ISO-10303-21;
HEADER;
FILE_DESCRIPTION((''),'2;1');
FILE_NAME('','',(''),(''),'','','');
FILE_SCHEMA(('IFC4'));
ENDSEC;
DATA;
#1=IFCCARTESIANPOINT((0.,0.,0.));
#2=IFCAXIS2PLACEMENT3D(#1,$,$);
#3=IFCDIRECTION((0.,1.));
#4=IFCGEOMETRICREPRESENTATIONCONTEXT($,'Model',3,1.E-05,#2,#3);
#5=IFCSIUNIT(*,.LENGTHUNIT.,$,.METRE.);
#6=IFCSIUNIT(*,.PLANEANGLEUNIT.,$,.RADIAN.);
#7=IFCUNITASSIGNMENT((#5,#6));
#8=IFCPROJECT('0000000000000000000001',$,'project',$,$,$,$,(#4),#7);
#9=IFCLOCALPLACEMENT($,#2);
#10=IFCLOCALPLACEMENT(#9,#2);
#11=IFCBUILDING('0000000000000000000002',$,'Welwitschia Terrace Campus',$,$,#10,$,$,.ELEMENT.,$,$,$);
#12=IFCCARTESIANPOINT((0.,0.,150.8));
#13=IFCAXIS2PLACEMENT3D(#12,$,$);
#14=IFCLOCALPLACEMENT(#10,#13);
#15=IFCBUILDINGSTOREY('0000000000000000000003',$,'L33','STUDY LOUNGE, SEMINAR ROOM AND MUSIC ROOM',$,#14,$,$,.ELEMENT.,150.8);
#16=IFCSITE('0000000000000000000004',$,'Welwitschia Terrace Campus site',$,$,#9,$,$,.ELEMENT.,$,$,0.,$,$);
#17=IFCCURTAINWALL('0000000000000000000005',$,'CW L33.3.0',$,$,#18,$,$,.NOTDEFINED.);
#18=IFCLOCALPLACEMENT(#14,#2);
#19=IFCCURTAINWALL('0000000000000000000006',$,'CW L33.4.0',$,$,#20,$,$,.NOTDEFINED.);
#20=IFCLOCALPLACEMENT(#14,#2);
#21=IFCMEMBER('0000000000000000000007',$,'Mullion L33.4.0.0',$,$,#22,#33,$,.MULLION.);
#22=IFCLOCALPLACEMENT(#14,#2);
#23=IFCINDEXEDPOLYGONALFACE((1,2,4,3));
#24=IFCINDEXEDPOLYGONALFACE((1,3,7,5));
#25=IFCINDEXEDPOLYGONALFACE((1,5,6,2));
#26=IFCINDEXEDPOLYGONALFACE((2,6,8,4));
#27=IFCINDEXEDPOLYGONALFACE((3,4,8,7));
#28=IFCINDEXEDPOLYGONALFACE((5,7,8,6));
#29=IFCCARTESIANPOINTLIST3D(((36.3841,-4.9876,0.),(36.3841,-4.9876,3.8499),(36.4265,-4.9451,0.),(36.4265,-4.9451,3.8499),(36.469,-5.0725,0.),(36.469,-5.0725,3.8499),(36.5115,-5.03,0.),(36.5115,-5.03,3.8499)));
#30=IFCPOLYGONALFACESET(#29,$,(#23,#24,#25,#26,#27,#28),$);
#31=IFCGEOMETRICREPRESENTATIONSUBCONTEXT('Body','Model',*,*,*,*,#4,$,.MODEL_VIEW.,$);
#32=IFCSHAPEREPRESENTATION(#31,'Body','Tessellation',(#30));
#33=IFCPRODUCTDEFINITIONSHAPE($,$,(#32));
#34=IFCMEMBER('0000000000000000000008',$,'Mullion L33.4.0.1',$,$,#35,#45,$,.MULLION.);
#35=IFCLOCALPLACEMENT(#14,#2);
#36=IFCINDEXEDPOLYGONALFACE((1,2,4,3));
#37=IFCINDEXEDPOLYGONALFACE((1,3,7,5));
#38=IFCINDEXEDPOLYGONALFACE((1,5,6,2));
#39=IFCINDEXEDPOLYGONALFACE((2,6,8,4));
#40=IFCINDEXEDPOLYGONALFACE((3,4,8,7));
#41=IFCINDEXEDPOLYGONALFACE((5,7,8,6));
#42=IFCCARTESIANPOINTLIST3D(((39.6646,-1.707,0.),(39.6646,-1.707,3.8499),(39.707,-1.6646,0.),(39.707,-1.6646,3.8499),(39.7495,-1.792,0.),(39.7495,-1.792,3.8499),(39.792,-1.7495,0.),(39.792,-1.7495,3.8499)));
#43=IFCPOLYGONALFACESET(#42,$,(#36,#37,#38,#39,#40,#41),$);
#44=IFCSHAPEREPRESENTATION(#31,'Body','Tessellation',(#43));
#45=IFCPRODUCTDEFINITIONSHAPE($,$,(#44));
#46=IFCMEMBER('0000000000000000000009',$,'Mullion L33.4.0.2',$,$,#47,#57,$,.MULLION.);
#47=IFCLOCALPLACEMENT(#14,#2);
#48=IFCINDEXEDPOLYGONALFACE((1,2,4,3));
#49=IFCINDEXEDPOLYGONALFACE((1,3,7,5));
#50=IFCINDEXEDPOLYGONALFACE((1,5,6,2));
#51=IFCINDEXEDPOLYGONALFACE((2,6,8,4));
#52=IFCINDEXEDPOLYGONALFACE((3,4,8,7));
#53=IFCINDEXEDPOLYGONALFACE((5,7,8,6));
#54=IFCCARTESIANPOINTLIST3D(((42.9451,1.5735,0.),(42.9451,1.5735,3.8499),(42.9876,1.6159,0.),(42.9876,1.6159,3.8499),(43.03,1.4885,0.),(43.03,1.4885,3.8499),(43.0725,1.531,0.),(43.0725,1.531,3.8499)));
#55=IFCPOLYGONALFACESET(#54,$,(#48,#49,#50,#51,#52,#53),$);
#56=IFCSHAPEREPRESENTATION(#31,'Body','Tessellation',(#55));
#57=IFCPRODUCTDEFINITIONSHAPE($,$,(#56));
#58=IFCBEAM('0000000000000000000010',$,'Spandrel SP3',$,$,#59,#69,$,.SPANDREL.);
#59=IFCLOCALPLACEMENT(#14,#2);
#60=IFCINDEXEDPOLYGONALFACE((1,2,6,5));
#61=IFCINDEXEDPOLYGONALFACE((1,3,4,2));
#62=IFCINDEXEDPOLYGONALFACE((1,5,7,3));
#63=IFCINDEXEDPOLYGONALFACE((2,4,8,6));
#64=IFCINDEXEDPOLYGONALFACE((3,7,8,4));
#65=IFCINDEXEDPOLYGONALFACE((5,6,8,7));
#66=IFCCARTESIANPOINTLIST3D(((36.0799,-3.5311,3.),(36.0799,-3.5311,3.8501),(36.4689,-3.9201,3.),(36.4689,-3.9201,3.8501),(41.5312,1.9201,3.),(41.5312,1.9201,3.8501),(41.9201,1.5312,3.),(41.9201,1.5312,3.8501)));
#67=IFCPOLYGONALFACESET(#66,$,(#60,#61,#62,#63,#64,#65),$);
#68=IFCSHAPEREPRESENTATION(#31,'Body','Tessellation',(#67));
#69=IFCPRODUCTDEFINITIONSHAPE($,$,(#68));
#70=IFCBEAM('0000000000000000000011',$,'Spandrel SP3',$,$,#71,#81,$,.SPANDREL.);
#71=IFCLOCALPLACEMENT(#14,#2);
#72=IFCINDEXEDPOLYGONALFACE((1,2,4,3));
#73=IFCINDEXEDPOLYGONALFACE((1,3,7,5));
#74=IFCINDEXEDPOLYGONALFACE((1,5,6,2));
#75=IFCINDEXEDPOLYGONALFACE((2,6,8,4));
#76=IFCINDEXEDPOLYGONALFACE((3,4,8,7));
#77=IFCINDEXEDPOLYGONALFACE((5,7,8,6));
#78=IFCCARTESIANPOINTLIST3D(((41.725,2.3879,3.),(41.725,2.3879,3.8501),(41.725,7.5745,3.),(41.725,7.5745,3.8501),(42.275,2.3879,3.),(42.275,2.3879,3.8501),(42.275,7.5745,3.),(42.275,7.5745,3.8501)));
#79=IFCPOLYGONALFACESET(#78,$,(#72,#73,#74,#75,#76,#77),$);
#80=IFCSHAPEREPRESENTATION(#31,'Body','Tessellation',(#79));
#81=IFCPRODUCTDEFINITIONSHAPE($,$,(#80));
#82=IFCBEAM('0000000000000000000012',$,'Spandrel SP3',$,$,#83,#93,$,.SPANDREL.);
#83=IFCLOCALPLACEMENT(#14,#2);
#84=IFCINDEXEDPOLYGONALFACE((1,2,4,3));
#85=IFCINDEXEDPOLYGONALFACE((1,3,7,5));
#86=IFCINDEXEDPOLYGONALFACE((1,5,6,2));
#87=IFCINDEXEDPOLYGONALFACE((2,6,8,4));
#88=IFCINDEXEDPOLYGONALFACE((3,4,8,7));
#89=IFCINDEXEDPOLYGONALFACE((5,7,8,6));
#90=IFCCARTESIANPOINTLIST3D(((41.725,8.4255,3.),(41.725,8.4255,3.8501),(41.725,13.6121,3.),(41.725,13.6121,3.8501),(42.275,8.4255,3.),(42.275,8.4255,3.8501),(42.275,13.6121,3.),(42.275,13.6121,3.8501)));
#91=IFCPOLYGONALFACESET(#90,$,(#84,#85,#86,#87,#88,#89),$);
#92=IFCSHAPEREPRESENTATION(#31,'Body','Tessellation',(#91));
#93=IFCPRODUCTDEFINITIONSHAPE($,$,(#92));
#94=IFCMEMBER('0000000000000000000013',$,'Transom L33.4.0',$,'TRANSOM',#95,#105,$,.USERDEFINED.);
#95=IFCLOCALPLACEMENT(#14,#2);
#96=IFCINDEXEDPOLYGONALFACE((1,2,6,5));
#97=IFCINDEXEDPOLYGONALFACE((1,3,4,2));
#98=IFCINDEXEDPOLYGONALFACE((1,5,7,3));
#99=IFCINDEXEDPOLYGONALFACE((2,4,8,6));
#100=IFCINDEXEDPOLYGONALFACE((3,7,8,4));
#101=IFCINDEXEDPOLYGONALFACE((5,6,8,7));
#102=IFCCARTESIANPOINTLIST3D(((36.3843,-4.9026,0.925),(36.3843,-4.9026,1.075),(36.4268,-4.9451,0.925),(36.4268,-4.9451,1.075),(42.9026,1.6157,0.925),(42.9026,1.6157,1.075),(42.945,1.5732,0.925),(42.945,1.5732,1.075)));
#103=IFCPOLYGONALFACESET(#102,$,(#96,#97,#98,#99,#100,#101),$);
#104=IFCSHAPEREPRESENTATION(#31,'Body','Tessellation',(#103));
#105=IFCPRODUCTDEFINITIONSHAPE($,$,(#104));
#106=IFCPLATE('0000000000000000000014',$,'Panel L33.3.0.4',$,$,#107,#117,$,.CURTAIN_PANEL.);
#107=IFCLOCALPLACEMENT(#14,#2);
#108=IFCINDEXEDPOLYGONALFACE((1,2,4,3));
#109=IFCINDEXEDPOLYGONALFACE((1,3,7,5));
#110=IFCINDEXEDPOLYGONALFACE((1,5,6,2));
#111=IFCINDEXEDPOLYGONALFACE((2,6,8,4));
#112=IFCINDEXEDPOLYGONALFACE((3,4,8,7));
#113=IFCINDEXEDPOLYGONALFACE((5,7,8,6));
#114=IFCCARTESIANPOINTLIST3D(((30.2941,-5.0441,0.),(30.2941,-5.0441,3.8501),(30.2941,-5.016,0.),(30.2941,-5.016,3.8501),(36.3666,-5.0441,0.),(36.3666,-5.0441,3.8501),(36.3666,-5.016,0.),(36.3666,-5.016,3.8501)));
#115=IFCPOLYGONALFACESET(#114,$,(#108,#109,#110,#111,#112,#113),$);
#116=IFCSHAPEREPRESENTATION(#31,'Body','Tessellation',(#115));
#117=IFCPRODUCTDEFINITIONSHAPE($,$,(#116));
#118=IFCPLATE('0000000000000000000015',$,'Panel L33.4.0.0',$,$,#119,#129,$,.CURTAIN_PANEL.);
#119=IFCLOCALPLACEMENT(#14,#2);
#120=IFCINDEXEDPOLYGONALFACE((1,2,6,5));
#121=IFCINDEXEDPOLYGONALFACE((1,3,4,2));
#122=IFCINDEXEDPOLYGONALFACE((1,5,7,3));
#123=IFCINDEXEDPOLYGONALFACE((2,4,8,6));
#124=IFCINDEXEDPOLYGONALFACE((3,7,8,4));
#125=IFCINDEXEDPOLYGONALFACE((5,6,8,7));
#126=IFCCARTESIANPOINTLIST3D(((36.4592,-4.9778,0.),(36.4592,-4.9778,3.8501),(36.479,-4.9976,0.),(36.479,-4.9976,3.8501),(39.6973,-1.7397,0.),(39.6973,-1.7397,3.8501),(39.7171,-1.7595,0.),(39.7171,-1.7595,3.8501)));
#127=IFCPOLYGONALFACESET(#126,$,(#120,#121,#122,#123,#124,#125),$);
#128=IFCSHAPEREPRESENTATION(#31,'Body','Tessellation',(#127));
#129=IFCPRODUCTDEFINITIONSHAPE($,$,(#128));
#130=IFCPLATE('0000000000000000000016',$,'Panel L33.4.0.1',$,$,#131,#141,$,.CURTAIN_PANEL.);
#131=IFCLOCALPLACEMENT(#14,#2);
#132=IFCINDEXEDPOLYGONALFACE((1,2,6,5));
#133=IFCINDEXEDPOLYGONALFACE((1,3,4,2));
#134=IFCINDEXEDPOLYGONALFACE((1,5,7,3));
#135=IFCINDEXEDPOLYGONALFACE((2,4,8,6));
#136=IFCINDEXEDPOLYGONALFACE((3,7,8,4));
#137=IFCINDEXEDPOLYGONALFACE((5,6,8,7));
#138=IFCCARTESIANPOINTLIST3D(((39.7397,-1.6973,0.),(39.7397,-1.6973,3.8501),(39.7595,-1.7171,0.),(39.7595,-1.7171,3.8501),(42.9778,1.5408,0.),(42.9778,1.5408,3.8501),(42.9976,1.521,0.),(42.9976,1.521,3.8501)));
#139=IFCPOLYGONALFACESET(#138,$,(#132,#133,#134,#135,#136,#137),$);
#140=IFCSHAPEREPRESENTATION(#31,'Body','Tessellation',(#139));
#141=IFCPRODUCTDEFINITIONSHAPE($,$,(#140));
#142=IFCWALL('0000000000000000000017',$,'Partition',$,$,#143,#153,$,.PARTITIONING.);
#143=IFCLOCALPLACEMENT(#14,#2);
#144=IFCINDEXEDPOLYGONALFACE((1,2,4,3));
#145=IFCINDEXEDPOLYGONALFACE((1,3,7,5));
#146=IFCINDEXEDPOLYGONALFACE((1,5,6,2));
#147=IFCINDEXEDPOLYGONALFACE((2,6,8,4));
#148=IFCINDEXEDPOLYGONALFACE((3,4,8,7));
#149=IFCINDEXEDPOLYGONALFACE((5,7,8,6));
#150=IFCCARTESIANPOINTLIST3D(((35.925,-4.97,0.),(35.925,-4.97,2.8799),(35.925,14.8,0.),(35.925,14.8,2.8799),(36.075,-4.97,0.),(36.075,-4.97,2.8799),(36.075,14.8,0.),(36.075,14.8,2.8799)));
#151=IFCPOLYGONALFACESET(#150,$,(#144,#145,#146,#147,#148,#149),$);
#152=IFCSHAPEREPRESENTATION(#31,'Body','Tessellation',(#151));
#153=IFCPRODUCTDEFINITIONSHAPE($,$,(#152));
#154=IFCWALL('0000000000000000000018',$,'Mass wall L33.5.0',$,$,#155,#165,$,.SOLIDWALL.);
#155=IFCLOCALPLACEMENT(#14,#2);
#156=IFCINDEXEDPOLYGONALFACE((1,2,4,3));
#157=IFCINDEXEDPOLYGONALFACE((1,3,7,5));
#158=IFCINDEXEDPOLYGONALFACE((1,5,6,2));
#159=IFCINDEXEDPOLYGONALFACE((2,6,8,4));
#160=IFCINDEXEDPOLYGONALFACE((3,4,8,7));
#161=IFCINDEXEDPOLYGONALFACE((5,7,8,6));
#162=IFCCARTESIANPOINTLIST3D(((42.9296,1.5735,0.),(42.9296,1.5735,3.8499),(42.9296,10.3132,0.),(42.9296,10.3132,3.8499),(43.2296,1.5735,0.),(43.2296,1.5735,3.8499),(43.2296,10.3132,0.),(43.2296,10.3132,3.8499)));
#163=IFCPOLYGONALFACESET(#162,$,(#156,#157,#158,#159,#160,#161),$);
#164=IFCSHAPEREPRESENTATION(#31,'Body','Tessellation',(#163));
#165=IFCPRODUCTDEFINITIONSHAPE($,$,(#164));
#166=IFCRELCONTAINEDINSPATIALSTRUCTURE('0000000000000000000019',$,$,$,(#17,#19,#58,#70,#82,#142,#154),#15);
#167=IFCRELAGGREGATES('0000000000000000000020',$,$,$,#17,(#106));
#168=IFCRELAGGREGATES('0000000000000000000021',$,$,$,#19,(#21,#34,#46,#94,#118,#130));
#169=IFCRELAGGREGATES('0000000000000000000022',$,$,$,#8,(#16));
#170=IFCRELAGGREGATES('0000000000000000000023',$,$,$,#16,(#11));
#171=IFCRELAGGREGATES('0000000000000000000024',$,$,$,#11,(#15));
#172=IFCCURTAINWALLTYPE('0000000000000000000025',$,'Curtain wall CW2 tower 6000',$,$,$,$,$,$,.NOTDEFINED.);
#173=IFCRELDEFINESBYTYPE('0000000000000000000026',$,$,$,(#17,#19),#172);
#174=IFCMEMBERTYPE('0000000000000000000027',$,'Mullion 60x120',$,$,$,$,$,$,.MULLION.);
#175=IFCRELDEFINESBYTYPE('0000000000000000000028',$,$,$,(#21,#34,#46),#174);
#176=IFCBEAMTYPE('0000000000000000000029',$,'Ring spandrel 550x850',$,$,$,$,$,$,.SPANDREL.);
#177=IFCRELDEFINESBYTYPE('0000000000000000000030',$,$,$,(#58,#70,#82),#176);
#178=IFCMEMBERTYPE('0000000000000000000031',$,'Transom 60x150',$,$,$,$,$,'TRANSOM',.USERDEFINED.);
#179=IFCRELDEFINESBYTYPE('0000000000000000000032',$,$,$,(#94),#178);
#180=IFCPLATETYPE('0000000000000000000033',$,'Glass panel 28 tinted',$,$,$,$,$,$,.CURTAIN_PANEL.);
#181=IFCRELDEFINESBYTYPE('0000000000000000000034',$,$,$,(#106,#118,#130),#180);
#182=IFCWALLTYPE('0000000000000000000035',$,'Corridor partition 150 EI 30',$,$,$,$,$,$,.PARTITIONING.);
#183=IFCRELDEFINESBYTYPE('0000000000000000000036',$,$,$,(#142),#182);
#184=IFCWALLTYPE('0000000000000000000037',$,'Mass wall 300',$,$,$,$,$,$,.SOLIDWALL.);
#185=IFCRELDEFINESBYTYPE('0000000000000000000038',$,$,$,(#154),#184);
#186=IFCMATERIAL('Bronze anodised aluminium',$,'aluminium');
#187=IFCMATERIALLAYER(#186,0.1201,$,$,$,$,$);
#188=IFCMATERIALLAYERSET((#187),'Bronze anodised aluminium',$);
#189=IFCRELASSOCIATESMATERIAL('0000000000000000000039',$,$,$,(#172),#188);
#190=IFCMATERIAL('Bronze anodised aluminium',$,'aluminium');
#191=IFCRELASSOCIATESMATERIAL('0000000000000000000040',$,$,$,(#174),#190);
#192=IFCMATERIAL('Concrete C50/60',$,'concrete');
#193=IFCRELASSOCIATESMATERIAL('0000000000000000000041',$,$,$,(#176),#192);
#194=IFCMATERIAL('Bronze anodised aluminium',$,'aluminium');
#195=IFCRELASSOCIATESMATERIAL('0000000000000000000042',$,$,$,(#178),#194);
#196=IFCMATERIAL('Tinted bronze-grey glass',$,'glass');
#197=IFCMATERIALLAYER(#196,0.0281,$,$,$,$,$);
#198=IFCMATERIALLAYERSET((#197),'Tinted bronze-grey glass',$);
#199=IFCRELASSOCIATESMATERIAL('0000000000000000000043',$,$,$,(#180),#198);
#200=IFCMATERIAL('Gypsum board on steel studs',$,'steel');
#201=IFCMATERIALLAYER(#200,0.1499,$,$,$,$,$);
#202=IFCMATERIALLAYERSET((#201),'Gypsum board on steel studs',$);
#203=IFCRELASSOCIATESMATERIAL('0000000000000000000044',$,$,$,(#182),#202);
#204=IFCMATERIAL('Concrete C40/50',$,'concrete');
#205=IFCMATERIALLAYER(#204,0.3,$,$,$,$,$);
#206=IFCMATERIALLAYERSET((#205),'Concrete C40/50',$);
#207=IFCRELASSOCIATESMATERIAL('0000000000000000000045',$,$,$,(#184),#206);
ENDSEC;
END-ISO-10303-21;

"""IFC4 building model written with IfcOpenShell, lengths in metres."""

from ifc_helpers import new_model, si_unit, direction, frame, frame_2d, origin, origin_2d, place, context, subcontext, project, spatial, rectangle, extrude, material, layer, layer_set, material_profile, profile_set, type_object, element, aggregate, save


model = new_model("IFC4")

# Units and contexts
model_context = context("Model", 3, precision=1e-05, world=origin(), true_north=direction((0.0, 1.0)))
body_context = subcontext(model_context, "Body", "Model", "MODEL_VIEW")
ifc_project = project(units=[si_unit("LENGTHUNIT", "METRE"), si_unit("PLANEANGLEUNIT", "RADIAN")], contexts=[model_context])

# Site, building, storey
site_placement = place(None, origin())
site = spatial("IfcSite", under=ifc_project, at=site_placement, Name="Welwitschia Terrace Campus site", CompositionType="ELEMENT", RefElevation=0.0)
building_placement = place(site_placement, origin())
building = spatial("IfcBuilding", under=site, at=building_placement, Name="Welwitschia Terrace Campus", CompositionType="ELEMENT")
storey_placement = place(building_placement, frame((0.0, 0.0, 150.8)))
storey = spatial("IfcBuildingStorey", under=building, at=storey_placement, Name="L33", Description="STUDY LOUNGE, SEMINAR ROOM AND MUSIC ROOM", CompositionType="ELEMENT", Elevation=150.8)

# Curtain wall
ifc_material_1 = material(Name="Bronze anodised aluminium", Category="aluminium")
ifc_layer_1 = layer(ifc_material_1, 0.1201)
ifc_layer_set_1 = layer_set([ifc_layer_1], Name="Bronze anodised aluminium")
curtain_wall_type = type_object("IfcCurtainWallType", Name="Curtain wall CW2 tower 6000", PredefinedType="NOTDEFINED", material=ifc_layer_set_1)
curtain_wall_1_placement = place(storey_placement, origin())
curtain_wall_1 = element("IfcCurtainWall", 1, at=curtain_wall_1_placement, inside=storey, type_object=curtain_wall_type, Name="CW L33.3.0", PredefinedType="NOTDEFINED")
ifc_material_2 = material(Name="Bronze anodised aluminium", Category="aluminium")
ifc_material_profile_1 = material_profile(ifc_material_2, rectangle(XDim=0.1201, YDim=0.0601, at=origin_2d()))
ifc_profile_set_1 = profile_set([ifc_material_profile_1], Name="Bronze anodised aluminium")
member_type_1 = type_object("IfcMemberType", Name="Mullion 60x120", PredefinedType="MULLION", material=ifc_profile_set_1)

# Curtain wall, members
curtain_wall_2_placement = place(storey_placement, origin())
curtain_wall_2 = element("IfcCurtainWall", 2, at=curtain_wall_2_placement, inside=storey, type_object=curtain_wall_type, Name="CW L33.4.0", PredefinedType="NOTDEFINED")
member_1_placement = place(storey_placement, frame((36.4478, -5.0088, 0.0), z_axis=(0.0, 0.0, 1.0), x_axis=(-0.707107, 0.707107, 0.0)))
member_1 = element("IfcMember", 3, at=member_1_placement, type_object=member_type_1, Name="Mullion L33.4.0.0", PredefinedType="MULLION", context=body_context, shape_type="SweptSolid", body=[
    extrude(rectangle(XDim=0.1201, YDim=0.0601, at=origin_2d()), origin(), (0.0, 0.0, 1.0), 3.8499),
])
member_2_placement = place(storey_placement, frame((39.7283, -1.7283, 0.0), z_axis=(0.0, 0.0, 1.0), x_axis=(-0.707107, 0.707107, 0.0)))
member_2 = element("IfcMember", 4, at=member_2_placement, type_object=member_type_1, Name="Mullion L33.4.0.1", PredefinedType="MULLION", context=body_context, shape_type="SweptSolid", body=[
    extrude(rectangle(XDim=0.1201, YDim=0.0601, at=origin_2d()), origin(), (0.0, 0.0, 1.0), 3.8499),
])
member_3_placement = place(storey_placement, frame((43.0088, 1.5522, 0.0), z_axis=(0.0, 0.0, 1.0), x_axis=(-0.707107, 0.707107, 0.0)))
member_3 = element("IfcMember", 5, at=member_3_placement, type_object=member_type_1, Name="Mullion L33.4.0.2", PredefinedType="MULLION", context=body_context, shape_type="SweptSolid", body=[
    extrude(rectangle(XDim=0.1201, YDim=0.0601, at=origin_2d()), origin(), (0.0, 0.0, 1.0), 3.8499),
])

# Beams
ifc_material_3 = material(Name="Concrete C50/60", Category="concrete")
ifc_material_profile_2 = material_profile(ifc_material_3, rectangle(XDim=0.55, YDim=0.8501, at=origin_2d()))
ifc_profile_set_2 = profile_set([ifc_material_profile_2], Name="Concrete C50/60")
beam_type_1 = type_object("IfcBeamType", Name="Ring spandrel 550x850", PredefinedType="SPANDREL", material=ifc_profile_set_2)
beam_1_placement = place(storey_placement, frame((36.2744, -3.7256, 3.425), z_axis=(0.707107, 0.707107, 0.0), x_axis=(-0.707107, 0.707107, 0.0)))
element("IfcBeam", 6, at=beam_1_placement, inside=storey, type_object=beam_type_1, Name="Spandrel SP3", PredefinedType="SPANDREL", context=body_context, shape_type="SweptSolid", body=[
    extrude(rectangle(XDim=0.55, YDim=0.8501, at=origin_2d()), origin(), (0.0, 0.0, 1.0), 7.7092),
])
for number, where, z_axis, x_axis, name in (
    (7, (42.0, 2.3879, 3.425), (0.0, 1.0, 0.0), (-1.0, 0.0, 0.0), "Spandrel SP3"),
    (8, (42.0, 8.4255, 3.425), (0.0, 1.0, 0.0), (-1.0, 0.0, 0.0), "Spandrel SP3"),
):
    element("IfcBeam", number, at=place(storey_placement, frame(where, z_axis=z_axis, x_axis=x_axis)), inside=storey, type_object=beam_type_1, Name=name, PredefinedType="SPANDREL", context=body_context, shape_type="SweptSolid", body=[
        extrude(rectangle(XDim=0.55, YDim=0.8501, at=origin_2d()), origin(), (0.0, 0.0, 1.0), 5.1865),
    ])

# Member
ifc_material_4 = material(Name="Bronze anodised aluminium", Category="aluminium")
ifc_material_profile_3 = material_profile(ifc_material_4, rectangle(XDim=0.0601, YDim=0.1499, at=origin_2d()))
ifc_profile_set_3 = profile_set([ifc_material_profile_3], Name="Bronze anodised aluminium")
member_type_2 = type_object("IfcMemberType", Name="Transom 60x150", ElementType="TRANSOM", PredefinedType="USERDEFINED", material=ifc_profile_set_3)
member_4_placement = place(storey_placement, frame((36.4055, -4.9238, 1.0), z_axis=(0.707107, 0.707107, 0.0), x_axis=(-0.707107, 0.707107, 0.0)))
member_4 = element("IfcMember", 9, at=member_4_placement, type_object=member_type_2, Name="Transom L33.4.0", ObjectType="TRANSOM", PredefinedType="USERDEFINED", context=body_context, shape_type="SweptSolid", body=[
    extrude(rectangle(XDim=0.0601, YDim=0.1499, at=origin_2d()), origin(), (0.0, 0.0, 1.0), 9.2183),
])

# Plates
ifc_material_5 = material(Name="Tinted bronze-grey glass", Category="glass")
ifc_layer_2 = layer(ifc_material_5, 0.0281)
ifc_layer_set_2 = layer_set([ifc_layer_2], Name="Tinted bronze-grey glass")
plate_type = type_object("IfcPlateType", Name="Glass panel 28 tinted", PredefinedType="CURTAIN_PANEL", material=ifc_layer_set_2)
plate_1_placement = place(storey_placement, frame((33.3303, -5.03, 0.0), z_axis=(0.0, 0.0, 1.0), x_axis=(1.0, 0.0, 0.0)))
plate_1 = element("IfcPlate", 10, at=plate_1_placement, type_object=plate_type, Name="Panel L33.3.0.4", PredefinedType="CURTAIN_PANEL", context=body_context, shape_type="SweptSolid", body=[
    extrude(rectangle(XDim=6.0725, YDim=0.0281, at=origin_2d()), origin(), (0.0, 0.0, 1.0), 3.8501),
])
aggregate(curtain_wall_1, [plate_1])
plate_2_placement = place(storey_placement, frame((38.0881, -3.3687, 0.0), z_axis=(0.0, 0.0, 1.0), x_axis=(0.707107, 0.707107, 0.0)))
plate_2 = element("IfcPlate", 11, at=plate_2_placement, type_object=plate_type, Name="Panel L33.4.0.0", PredefinedType="CURTAIN_PANEL", context=body_context, shape_type="SweptSolid", body=[
    extrude(rectangle(XDim=4.5793, YDim=0.0281, at=origin_2d()), origin(), (0.0, 0.0, 1.0), 3.8501),
])
plate_3_placement = place(storey_placement, frame((41.3687, -0.0881, 0.0), z_axis=(0.0, 0.0, 1.0), x_axis=(0.707107, 0.707107, 0.0)))
plate_3 = element("IfcPlate", 12, at=plate_3_placement, type_object=plate_type, Name="Panel L33.4.0.1", PredefinedType="CURTAIN_PANEL", context=body_context, shape_type="SweptSolid", body=[
    extrude(rectangle(XDim=4.5793, YDim=0.0281, at=origin_2d()), origin(), (0.0, 0.0, 1.0), 3.8501),
])
aggregate(curtain_wall_2, [member_1, member_2, member_3, member_4, plate_2, plate_3])

# Walls
ifc_material_6 = material(Name="Gypsum board on steel studs", Category="steel")
ifc_layer_3 = layer(ifc_material_6, 0.1499)
ifc_layer_set_3 = layer_set([ifc_layer_3], Name="Gypsum board on steel studs")
wall_type_1 = type_object("IfcWallType", Name="Corridor partition 150 EI 30", PredefinedType="PARTITIONING", material=ifc_layer_set_3)
wall_1_placement = place(storey_placement, frame((36.0, -4.97, 0.0), z_axis=(0.0, 0.0, 1.0), x_axis=(0.0, 1.0, 0.0)))
element("IfcWall", 13, at=wall_1_placement, inside=storey, type_object=wall_type_1, Name="Partition", PredefinedType="PARTITIONING", context=body_context, shape_type="SweptSolid", body=[
    extrude(rectangle(XDim=19.77, YDim=0.1499, at=frame_2d((9.885, 0.0))), origin(), (0.0, 0.0, 1.0), 2.8799),
])
ifc_material_7 = material(Name="Concrete C40/50", Category="concrete")
ifc_layer_4 = layer(ifc_material_7, 0.3)
ifc_layer_set_4 = layer_set([ifc_layer_4], Name="Concrete C40/50")
wall_type_2 = type_object("IfcWallType", Name="Mass wall 300", PredefinedType="SOLIDWALL", material=ifc_layer_set_4)
wall_2_placement = place(storey_placement, frame((43.0796, 1.5735, 0.0), z_axis=(0.0, 0.0, 1.0), x_axis=(0.0, 1.0, 0.0)))
element("IfcWall", 14, at=wall_2_placement, inside=storey, type_object=wall_type_2, Name="Mass wall L33.5.0", PredefinedType="SOLIDWALL", context=body_context, shape_type="SweptSolid", body=[
    extrude(rectangle(XDim=8.7397, YDim=0.3, at=frame_2d((4.3699, 0.0))), origin(), (0.0, 0.0, 1.0), 3.8499),
])

save(model, "model.ifc")
